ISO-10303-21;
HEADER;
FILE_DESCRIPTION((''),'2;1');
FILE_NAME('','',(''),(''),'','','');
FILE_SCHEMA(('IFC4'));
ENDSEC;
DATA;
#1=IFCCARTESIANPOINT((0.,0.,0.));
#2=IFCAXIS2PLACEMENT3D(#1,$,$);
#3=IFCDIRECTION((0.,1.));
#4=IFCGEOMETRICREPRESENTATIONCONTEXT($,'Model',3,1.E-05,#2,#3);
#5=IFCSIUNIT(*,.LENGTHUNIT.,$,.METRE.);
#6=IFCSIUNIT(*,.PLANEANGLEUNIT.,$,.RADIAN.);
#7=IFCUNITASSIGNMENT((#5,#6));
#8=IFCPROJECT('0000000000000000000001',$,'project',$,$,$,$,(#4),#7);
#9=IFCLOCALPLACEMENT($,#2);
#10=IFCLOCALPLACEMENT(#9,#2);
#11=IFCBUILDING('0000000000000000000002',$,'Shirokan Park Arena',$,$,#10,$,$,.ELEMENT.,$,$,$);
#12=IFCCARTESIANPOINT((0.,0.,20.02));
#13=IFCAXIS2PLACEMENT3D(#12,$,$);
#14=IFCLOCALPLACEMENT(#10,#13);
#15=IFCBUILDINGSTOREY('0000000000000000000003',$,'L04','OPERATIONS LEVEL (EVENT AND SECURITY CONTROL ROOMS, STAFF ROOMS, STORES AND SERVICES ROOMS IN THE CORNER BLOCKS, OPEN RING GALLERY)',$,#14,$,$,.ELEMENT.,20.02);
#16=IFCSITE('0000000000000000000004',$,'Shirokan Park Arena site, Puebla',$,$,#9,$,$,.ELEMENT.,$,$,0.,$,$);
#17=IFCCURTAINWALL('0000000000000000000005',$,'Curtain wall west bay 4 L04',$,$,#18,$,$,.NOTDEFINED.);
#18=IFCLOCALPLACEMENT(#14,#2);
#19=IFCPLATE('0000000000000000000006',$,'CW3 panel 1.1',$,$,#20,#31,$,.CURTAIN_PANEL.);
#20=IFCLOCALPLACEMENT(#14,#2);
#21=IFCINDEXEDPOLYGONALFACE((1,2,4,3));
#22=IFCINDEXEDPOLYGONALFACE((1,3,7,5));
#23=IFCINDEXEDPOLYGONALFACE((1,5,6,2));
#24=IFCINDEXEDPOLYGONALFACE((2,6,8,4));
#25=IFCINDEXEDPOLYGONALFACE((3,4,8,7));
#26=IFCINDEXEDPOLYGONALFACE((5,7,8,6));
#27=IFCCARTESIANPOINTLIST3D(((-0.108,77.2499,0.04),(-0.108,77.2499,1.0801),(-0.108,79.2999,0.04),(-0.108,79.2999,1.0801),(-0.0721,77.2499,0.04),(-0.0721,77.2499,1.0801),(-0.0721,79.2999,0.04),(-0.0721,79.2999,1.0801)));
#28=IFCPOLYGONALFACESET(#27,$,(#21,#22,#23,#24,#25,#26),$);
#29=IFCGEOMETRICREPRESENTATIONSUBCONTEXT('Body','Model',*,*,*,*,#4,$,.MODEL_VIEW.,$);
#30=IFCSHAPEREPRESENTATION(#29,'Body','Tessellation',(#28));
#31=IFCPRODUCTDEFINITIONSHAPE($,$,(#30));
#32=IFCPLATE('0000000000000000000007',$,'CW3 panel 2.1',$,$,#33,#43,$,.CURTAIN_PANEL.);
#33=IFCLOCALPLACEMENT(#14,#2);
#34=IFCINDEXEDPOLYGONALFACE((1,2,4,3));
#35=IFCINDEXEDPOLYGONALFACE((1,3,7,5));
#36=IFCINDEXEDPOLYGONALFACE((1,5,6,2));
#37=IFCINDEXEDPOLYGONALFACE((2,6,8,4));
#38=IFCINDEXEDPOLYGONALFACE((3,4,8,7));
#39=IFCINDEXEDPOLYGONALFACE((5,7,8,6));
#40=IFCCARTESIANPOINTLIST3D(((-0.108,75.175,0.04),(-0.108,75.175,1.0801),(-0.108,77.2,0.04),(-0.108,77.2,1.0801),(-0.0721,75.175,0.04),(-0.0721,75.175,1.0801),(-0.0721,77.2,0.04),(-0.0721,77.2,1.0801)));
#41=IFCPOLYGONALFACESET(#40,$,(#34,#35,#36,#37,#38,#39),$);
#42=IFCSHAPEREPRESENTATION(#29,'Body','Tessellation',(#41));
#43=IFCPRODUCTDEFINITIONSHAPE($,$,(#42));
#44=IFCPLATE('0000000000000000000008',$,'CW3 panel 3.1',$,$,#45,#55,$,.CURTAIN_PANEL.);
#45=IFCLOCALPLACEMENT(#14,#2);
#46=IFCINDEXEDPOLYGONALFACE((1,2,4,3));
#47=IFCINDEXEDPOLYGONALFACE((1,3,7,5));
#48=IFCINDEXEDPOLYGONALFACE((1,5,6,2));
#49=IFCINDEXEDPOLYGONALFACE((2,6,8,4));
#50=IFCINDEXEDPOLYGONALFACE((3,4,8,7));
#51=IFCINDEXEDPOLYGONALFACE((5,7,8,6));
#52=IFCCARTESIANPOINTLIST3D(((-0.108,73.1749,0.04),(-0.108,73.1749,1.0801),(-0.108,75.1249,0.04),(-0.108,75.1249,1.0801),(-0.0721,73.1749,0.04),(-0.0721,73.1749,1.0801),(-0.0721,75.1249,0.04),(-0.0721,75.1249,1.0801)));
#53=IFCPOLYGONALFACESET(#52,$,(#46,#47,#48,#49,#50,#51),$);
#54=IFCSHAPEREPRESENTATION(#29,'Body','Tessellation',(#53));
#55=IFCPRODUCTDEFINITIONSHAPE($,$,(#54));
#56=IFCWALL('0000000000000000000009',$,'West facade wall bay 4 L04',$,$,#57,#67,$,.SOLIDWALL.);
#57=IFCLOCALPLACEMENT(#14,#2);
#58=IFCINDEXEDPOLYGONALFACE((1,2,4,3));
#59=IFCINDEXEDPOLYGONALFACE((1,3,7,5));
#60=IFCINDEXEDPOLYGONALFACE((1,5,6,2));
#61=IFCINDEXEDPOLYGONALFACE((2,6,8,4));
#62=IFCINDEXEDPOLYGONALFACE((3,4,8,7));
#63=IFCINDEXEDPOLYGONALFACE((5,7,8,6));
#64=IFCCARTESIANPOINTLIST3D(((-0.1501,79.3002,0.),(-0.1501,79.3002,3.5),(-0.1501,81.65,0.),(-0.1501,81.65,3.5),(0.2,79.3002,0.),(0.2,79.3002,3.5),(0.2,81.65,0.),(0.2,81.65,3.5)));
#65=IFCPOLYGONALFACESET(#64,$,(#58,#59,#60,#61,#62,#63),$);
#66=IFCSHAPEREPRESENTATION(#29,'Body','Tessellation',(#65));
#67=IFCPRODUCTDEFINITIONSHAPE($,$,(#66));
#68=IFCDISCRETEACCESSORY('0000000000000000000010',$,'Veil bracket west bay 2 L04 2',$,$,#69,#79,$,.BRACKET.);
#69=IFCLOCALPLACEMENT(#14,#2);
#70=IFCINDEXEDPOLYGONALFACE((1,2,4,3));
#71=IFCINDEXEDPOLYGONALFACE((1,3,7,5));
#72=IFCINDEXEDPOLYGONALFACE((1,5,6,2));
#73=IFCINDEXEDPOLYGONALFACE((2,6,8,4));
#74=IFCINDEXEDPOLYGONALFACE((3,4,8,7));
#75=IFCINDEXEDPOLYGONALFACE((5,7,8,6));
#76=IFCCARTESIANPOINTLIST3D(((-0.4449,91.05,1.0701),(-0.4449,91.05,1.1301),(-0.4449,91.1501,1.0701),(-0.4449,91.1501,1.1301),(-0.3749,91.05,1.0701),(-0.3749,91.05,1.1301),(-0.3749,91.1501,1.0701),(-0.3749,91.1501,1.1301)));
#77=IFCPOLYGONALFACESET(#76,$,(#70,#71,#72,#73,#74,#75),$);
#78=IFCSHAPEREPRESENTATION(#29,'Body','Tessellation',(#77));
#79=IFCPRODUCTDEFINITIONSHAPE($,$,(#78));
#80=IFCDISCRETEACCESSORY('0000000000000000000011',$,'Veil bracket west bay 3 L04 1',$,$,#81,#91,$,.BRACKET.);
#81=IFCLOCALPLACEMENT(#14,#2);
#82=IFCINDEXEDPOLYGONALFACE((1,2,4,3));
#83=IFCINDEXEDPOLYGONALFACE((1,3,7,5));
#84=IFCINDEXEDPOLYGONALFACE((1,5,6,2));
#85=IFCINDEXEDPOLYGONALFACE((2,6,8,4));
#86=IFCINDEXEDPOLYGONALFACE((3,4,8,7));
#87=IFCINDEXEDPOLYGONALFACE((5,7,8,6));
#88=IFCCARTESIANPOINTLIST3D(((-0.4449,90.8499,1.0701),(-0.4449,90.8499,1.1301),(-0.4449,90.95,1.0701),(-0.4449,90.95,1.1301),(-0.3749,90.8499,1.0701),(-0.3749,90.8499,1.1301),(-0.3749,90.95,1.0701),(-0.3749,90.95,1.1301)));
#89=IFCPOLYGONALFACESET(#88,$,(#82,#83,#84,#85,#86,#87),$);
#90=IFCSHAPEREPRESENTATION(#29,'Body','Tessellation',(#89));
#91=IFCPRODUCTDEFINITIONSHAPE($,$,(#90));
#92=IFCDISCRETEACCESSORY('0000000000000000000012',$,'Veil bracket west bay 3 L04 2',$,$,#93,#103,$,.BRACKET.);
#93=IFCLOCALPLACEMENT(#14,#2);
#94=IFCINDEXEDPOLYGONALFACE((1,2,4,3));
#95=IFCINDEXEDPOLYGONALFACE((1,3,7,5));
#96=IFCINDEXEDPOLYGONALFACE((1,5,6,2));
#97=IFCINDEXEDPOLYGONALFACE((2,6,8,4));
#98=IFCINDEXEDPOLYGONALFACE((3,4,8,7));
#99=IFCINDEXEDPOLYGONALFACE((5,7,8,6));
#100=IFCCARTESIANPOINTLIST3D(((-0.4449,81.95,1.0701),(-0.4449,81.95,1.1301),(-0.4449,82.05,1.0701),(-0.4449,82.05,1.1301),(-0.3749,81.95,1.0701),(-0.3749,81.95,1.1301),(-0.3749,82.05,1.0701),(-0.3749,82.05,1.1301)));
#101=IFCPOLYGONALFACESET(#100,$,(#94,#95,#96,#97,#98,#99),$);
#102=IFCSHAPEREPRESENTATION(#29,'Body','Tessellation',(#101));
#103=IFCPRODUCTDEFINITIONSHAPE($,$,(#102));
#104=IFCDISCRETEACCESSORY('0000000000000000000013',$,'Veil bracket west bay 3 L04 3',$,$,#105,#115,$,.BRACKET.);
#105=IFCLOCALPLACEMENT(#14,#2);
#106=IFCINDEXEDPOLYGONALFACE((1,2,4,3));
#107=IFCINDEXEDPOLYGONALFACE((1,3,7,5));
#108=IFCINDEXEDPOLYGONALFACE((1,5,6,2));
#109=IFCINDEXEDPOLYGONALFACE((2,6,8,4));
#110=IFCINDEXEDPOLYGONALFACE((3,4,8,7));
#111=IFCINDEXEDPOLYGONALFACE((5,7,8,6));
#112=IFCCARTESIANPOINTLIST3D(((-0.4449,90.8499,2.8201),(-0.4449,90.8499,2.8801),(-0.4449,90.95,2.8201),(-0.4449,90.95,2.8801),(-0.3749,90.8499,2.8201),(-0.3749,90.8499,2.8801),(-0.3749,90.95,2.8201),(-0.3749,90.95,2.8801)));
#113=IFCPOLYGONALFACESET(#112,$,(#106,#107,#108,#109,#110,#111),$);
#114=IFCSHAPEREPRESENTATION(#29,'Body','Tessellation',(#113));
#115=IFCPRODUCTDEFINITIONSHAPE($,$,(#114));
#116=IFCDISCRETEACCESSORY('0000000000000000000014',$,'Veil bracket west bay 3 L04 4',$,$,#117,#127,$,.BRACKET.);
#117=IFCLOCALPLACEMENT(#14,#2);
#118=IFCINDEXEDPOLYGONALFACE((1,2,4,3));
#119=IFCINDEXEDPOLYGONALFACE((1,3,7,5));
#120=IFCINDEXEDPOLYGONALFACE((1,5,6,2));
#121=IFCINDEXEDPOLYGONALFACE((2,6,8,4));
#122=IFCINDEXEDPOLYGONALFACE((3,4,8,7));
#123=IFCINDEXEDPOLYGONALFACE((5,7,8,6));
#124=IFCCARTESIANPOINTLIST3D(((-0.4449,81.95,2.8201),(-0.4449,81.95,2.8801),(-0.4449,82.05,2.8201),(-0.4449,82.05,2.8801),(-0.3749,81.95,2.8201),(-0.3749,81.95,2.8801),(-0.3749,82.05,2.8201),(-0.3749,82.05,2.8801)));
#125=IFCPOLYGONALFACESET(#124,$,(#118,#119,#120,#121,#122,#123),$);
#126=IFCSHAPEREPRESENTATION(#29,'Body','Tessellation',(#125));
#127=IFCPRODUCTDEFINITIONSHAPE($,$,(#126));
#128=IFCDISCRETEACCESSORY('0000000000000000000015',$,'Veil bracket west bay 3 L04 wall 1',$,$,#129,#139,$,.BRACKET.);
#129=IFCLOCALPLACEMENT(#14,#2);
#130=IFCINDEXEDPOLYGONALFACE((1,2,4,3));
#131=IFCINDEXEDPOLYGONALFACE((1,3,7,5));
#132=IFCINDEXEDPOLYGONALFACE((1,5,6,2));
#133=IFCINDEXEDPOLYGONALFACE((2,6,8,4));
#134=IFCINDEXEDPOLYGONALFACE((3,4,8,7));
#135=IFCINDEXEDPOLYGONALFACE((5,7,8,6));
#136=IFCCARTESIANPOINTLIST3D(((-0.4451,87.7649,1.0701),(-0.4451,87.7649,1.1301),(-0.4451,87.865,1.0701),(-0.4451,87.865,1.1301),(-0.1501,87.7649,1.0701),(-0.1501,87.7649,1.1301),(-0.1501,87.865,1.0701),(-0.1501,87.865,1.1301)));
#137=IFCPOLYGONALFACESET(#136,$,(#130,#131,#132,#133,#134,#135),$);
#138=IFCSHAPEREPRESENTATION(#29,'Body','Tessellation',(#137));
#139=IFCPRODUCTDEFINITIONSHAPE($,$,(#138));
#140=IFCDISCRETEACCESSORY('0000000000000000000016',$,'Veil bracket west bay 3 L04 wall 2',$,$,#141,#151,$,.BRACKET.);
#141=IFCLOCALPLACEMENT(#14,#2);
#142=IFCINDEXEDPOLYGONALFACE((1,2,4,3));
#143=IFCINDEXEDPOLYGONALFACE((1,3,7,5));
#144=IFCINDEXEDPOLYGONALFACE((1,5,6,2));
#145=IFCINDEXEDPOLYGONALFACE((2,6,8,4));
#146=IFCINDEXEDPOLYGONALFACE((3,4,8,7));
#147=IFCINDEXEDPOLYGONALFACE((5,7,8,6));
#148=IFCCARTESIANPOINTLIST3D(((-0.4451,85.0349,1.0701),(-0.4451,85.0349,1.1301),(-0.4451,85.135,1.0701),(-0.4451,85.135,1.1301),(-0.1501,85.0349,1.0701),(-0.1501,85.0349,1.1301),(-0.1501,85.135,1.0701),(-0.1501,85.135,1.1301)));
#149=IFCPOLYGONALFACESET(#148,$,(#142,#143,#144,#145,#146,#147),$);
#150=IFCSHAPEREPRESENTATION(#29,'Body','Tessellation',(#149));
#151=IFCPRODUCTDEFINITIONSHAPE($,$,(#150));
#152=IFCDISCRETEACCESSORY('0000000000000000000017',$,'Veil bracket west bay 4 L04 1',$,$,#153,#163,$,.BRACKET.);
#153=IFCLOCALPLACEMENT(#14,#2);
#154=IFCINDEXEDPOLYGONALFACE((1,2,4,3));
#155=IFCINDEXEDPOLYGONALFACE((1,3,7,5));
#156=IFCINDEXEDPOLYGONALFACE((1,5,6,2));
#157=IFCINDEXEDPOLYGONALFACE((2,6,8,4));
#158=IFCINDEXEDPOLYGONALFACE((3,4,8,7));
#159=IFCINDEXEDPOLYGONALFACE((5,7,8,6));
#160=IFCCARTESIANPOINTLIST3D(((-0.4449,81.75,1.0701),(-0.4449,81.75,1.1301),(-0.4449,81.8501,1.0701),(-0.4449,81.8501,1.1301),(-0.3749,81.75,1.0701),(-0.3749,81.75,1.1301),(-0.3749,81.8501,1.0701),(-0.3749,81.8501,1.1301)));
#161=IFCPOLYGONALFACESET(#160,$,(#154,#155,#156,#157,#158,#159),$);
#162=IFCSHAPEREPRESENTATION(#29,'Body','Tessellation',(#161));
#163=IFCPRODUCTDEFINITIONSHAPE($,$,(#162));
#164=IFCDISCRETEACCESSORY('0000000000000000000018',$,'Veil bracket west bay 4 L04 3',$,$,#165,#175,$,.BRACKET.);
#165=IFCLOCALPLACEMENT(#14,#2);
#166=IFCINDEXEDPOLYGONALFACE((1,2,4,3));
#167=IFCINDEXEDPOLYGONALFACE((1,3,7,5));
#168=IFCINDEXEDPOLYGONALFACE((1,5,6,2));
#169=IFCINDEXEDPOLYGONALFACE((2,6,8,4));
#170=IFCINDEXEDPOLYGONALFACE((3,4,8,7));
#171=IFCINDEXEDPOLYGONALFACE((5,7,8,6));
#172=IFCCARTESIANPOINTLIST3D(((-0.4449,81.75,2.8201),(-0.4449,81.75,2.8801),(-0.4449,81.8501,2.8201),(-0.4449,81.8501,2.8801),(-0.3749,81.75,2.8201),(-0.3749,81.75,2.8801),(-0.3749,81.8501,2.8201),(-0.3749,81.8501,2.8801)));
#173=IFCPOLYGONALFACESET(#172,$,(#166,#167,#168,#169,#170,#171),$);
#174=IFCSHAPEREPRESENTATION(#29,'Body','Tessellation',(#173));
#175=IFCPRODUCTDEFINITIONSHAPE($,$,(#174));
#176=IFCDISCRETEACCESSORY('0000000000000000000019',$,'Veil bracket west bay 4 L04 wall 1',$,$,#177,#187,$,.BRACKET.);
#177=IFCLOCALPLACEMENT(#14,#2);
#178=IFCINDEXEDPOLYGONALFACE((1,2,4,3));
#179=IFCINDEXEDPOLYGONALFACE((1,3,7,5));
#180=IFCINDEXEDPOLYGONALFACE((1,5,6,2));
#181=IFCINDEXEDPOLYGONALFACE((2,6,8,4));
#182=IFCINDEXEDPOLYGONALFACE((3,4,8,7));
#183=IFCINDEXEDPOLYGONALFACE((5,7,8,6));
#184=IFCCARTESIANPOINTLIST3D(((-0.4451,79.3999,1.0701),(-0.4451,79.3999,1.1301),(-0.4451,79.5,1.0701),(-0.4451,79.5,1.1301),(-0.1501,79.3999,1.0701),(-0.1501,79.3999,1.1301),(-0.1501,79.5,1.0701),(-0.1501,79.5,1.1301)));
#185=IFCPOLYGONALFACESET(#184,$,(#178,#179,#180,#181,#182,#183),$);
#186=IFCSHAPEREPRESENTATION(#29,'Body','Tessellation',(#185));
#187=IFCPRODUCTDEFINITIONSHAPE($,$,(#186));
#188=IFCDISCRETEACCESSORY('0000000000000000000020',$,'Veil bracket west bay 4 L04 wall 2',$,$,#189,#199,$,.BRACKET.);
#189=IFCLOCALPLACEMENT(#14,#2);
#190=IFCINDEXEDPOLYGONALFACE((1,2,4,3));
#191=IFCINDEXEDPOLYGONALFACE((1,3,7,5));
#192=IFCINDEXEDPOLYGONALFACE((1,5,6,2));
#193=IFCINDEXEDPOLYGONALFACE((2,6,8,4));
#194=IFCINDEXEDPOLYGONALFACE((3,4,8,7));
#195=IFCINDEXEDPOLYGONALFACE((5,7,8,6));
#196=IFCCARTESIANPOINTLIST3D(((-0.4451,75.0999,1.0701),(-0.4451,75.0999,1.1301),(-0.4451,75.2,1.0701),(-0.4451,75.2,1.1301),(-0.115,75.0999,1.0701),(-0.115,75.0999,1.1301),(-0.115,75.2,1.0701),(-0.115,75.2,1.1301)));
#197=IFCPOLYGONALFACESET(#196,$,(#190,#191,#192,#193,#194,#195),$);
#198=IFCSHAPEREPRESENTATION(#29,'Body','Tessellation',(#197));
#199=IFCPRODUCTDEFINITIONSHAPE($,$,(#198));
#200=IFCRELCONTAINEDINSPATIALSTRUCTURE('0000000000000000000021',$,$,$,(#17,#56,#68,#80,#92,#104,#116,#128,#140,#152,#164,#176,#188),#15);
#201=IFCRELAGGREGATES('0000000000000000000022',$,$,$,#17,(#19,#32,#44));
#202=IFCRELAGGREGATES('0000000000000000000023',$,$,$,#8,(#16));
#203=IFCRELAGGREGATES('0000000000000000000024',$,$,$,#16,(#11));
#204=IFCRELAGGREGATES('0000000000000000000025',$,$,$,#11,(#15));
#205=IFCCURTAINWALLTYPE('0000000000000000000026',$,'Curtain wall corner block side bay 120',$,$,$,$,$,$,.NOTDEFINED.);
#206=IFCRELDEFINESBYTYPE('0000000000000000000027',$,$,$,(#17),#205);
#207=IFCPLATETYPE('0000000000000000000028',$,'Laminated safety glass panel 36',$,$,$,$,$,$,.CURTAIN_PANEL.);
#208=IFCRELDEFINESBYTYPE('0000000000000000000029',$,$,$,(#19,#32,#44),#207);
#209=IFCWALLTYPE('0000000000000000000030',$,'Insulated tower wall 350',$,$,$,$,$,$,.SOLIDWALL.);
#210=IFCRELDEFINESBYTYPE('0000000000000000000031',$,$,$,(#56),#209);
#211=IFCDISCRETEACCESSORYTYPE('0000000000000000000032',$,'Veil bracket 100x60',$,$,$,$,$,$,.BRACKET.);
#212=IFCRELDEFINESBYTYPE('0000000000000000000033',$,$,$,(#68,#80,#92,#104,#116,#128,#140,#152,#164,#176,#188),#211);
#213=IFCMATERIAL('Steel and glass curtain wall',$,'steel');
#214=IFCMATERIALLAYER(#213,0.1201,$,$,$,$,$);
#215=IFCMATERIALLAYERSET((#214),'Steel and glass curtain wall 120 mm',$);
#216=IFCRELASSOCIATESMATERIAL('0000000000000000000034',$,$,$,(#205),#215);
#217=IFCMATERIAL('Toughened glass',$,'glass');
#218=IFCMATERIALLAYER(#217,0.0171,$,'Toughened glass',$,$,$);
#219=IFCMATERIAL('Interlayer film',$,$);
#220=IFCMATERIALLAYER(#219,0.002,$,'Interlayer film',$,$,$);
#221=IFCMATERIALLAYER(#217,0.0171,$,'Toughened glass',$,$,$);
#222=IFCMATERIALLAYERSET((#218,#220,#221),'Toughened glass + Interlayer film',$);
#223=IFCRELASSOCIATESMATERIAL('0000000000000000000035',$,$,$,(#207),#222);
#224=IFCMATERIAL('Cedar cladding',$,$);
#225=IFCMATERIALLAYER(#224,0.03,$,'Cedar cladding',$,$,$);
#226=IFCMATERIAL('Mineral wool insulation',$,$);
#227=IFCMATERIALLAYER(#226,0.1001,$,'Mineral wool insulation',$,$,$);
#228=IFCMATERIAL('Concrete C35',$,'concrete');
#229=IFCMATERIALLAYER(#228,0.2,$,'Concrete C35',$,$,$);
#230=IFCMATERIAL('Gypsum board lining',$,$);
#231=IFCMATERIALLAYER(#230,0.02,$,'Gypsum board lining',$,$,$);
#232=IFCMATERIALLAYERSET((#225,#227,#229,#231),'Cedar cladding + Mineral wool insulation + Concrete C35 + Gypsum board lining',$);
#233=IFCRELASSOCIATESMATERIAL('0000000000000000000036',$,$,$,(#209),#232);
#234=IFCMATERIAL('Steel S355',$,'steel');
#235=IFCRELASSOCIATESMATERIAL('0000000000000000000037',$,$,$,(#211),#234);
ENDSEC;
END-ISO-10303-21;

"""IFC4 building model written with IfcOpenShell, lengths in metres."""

from ifc_helpers import new_model, si_unit, direction, frame, frame_2d, origin, origin_2d, place, context, subcontext, project, spatial, rectangle, extrude, material, layer, layer_set, type_object, element, aggregate, save


model = new_model("IFC4")

# Units and contexts
model_context = context("Model", 3, precision=1e-05, world=origin(), true_north=direction((0.0, 1.0)))
body_context = subcontext(model_context, "Body", "Model", "MODEL_VIEW")
ifc_project = project(units=[si_unit("LENGTHUNIT", "METRE"), si_unit("PLANEANGLEUNIT", "RADIAN")], contexts=[model_context])

# Site, building, storey
site_placement = place(None, origin())
site = spatial("IfcSite", under=ifc_project, at=site_placement, Name="Shirokan Park Arena site, Puebla", CompositionType="ELEMENT", RefElevation=0.0)
building_placement = place(site_placement, origin())
building = spatial("IfcBuilding", under=site, at=building_placement, Name="Shirokan Park Arena", CompositionType="ELEMENT")
storey_placement = place(building_placement, frame((0.0, 0.0, 20.02)))
storey = spatial("IfcBuildingStorey", under=building, at=storey_placement, Name="L04", Description="OPERATIONS LEVEL (EVENT AND SECURITY CONTROL ROOMS, STAFF ROOMS, STORES AND SERVICES ROOMS IN THE CORNER BLOCKS, OPEN RING GALLERY)", CompositionType="ELEMENT", Elevation=20.02)

# Shared definitions
ifc_material_1 = material(Name="Concrete C35", Category="concrete")

# Curtain wall
ifc_material_2 = material(Name="Steel and glass curtain wall", Category="steel")
ifc_layer_1 = layer(ifc_material_2, 0.1201)
ifc_layer_set_1 = layer_set([ifc_layer_1], Name="Steel and glass curtain wall 120 mm")
curtain_wall_type = type_object("IfcCurtainWallType", Name="Curtain wall corner block side bay 120", PredefinedType="NOTDEFINED", material=ifc_layer_set_1)
curtain_wall_placement = place(storey_placement, origin())
curtain_wall = element("IfcCurtainWall", 1, at=curtain_wall_placement, inside=storey, type_object=curtain_wall_type, Name="Curtain wall west bay 4 L04", PredefinedType="NOTDEFINED")
ifc_material_3 = material(Name="Steel S355", Category="steel")

# Plates
ifc_material_4 = material(Name="Mineral wool insulation")
ifc_material_5 = material(Name="Toughened glass", Category="glass")
ifc_material_6 = material(Name="Interlayer film")
ifc_layer_2 = layer(ifc_material_5, 0.0171, Name="Toughened glass")
ifc_layer_3 = layer(ifc_material_6, 0.002, Name="Interlayer film")
ifc_layer_4 = layer(ifc_material_5, 0.0171, Name="Toughened glass")
ifc_layer_set_2 = layer_set([ifc_layer_2, ifc_layer_3, ifc_layer_4], Name="Toughened glass + Interlayer film")
plate_type_1 = type_object("IfcPlateType", Name="Laminated safety glass panel 36", PredefinedType="CURTAIN_PANEL", material=ifc_layer_set_2)
plate_1_placement = place(storey_placement, frame((-0.0901, 78.2749, 0.04), z_axis=(0.0, 0.0, 1.0), x_axis=(0.0, -1.0, 0.0)))
plate_1 = element("IfcPlate", 2, at=plate_1_placement, type_object=plate_type_1, Name="CW3 panel 1.1", PredefinedType="CURTAIN_PANEL", context=body_context, shape_type="SweptSolid", body=[
    extrude(rectangle(XDim=2.05, YDim=0.0359, at=origin_2d()), origin(), (0.0, 0.0, 1.0), 1.04),
])
plate_2_placement = place(storey_placement, frame((-0.0901, 76.1875, 0.04), z_axis=(0.0, 0.0, 1.0), x_axis=(0.0, -1.0, 0.0)))
plate_2 = element("IfcPlate", 3, at=plate_2_placement, type_object=plate_type_1, Name="CW3 panel 2.1", PredefinedType="CURTAIN_PANEL", context=body_context, shape_type="SweptSolid", body=[
    extrude(rectangle(XDim=2.0249, YDim=0.0359, at=origin_2d()), origin(), (0.0, 0.0, 1.0), 1.04),
])
plate_3_placement = place(storey_placement, frame((-0.0901, 74.1499, 0.04), z_axis=(0.0, 0.0, 1.0), x_axis=(0.0, -1.0, 0.0)))
plate_3 = element("IfcPlate", 4, at=plate_3_placement, type_object=plate_type_1, Name="CW3 panel 3.1", PredefinedType="CURTAIN_PANEL", context=body_context, shape_type="SweptSolid", body=[
    extrude(rectangle(XDim=1.95, YDim=0.0359, at=origin_2d()), origin(), (0.0, 0.0, 1.0), 1.04),
])
aggregate(curtain_wall, [plate_1, plate_2, plate_3])

# Wall
ifc_material_7 = material(Name="Cedar cladding")
ifc_layer_5 = layer(ifc_material_7, 0.03, Name="Cedar cladding")
ifc_layer_6 = layer(ifc_material_4, 0.1001, Name="Mineral wool insulation")
ifc_layer_7 = layer(ifc_material_1, 0.2, Name="Concrete C35")
ifc_material_8 = material(Name="Gypsum board lining")
ifc_layer_8 = layer(ifc_material_8, 0.02, Name="Gypsum board lining")
ifc_layer_set_3 = layer_set([ifc_layer_5, ifc_layer_6, ifc_layer_7, ifc_layer_8], Name="Cedar cladding + Mineral wool insulation + Concrete C35 + Gypsum board lining")
wall_type = type_object("IfcWallType", Name="Insulated tower wall 350", PredefinedType="SOLIDWALL", material=ifc_layer_set_3)
wall_placement = place(storey_placement, frame((0.0249, 81.6499, 0.0), z_axis=(0.0, 0.0, 1.0), x_axis=(0.0, -1.0, 0.0)))
element("IfcWall", 5, at=wall_placement, inside=storey, type_object=wall_type, Name="West facade wall bay 4 L04", PredefinedType="SOLIDWALL", context=body_context, shape_type="SweptSolid", body=[
    extrude(rectangle(XDim=2.3499, YDim=0.3501, at=frame_2d((1.1748, 0.0))), origin(), (0.0, 0.0, 1.0), 3.5),
])

# Discrete accessories
discrete_accessory_type = type_object("IfcDiscreteAccessoryType", Name="Veil bracket 100x60", PredefinedType="BRACKET", material=ifc_material_3)
for number, where, z_axis, x_axis, name in (
    (6, (-0.4099, 91.1001, 1.0701), (0.0, 0.0, 1.0), (0.0, -1.0, 0.0), "Veil bracket west bay 2 L04 2"),
    (7, (-0.4099, 90.8999, 1.0701), (0.0, 0.0, 1.0), (0.0, -1.0, 0.0), "Veil bracket west bay 3 L04 1"),
    (8, (-0.4099, 82.0, 1.0701), (0.0, 0.0, 1.0), (0.0, -1.0, 0.0), "Veil bracket west bay 3 L04 2"),
    (9, (-0.4099, 90.8999, 2.8201), (0.0, 0.0, 1.0), (0.0, -1.0, 0.0), "Veil bracket west bay 3 L04 3"),
    (10, (-0.4099, 82.0, 2.8201), (0.0, 0.0, 1.0), (0.0, -1.0, 0.0), "Veil bracket west bay 3 L04 4"),
):
    element("IfcDiscreteAccessory", number, at=place(storey_placement, frame(where, z_axis=z_axis, x_axis=x_axis)), inside=storey, type_object=discrete_accessory_type, Name=name, PredefinedType="BRACKET", context=body_context, shape_type="SweptSolid", body=[
        extrude(rectangle(XDim=0.1001, YDim=0.0701, at=origin_2d()), origin(), (0.0, 0.0, 1.0), 0.0601),
    ])
for number, where, z_axis, x_axis, name in (
    (11, (-0.2976, 87.8149, 1.0701), (0.0, 0.0, 1.0), (0.0, -1.0, 0.0), "Veil bracket west bay 3 L04 wall 1"),
    (12, (-0.2976, 85.085, 1.0701), (0.0, 0.0, 1.0), (0.0, -1.0, 0.0), "Veil bracket west bay 3 L04 wall 2"),
):
    element("IfcDiscreteAccessory", number, at=place(storey_placement, frame(where, z_axis=z_axis, x_axis=x_axis)), inside=storey, type_object=discrete_accessory_type, Name=name, PredefinedType="BRACKET", context=body_context, shape_type="SweptSolid", body=[
        extrude(rectangle(XDim=0.1001, YDim=0.2949, at=origin_2d()), origin(), (0.0, 0.0, 1.0), 0.0601),
    ])
for number, where, z_axis, x_axis, name in (
    (13, (-0.4099, 81.8, 1.0701), (0.0, 0.0, 1.0), (0.0, -1.0, 0.0), "Veil bracket west bay 4 L04 1"),
    (14, (-0.4099, 81.8, 2.8201), (0.0, 0.0, 1.0), (0.0, -1.0, 0.0), "Veil bracket west bay 4 L04 3"),
):
    element("IfcDiscreteAccessory", number, at=place(storey_placement, frame(where, z_axis=z_axis, x_axis=x_axis)), inside=storey, type_object=discrete_accessory_type, Name=name, PredefinedType="BRACKET", context=body_context, shape_type="SweptSolid", body=[
        extrude(rectangle(XDim=0.1001, YDim=0.0701, at=origin_2d()), origin(), (0.0, 0.0, 1.0), 0.0601),
    ])
discrete_accessory_1_placement = place(storey_placement, frame((-0.2976, 79.45, 1.0701), z_axis=(0.0, 0.0, 1.0), x_axis=(0.0, -1.0, 0.0)))
element("IfcDiscreteAccessory", 15, at=discrete_accessory_1_placement, inside=storey, type_object=discrete_accessory_type, Name="Veil bracket west bay 4 L04 wall 1", PredefinedType="BRACKET", context=body_context, shape_type="SweptSolid", body=[
    extrude(rectangle(XDim=0.1001, YDim=0.2949, at=origin_2d()), origin(), (0.0, 0.0, 1.0), 0.0601),
])
discrete_accessory_2_placement = place(storey_placement, frame((-0.28, 75.1499, 1.0701), z_axis=(0.0, 0.0, 1.0), x_axis=(0.0, -1.0, 0.0)))
element("IfcDiscreteAccessory", 16, at=discrete_accessory_2_placement, inside=storey, type_object=discrete_accessory_type, Name="Veil bracket west bay 4 L04 wall 2", PredefinedType="BRACKET", context=body_context, shape_type="SweptSolid", body=[
    extrude(rectangle(XDim=0.1001, YDim=0.3301, at=origin_2d()), origin(), (0.0, 0.0, 1.0), 0.0601),
])

save(model, "model.ifc")
